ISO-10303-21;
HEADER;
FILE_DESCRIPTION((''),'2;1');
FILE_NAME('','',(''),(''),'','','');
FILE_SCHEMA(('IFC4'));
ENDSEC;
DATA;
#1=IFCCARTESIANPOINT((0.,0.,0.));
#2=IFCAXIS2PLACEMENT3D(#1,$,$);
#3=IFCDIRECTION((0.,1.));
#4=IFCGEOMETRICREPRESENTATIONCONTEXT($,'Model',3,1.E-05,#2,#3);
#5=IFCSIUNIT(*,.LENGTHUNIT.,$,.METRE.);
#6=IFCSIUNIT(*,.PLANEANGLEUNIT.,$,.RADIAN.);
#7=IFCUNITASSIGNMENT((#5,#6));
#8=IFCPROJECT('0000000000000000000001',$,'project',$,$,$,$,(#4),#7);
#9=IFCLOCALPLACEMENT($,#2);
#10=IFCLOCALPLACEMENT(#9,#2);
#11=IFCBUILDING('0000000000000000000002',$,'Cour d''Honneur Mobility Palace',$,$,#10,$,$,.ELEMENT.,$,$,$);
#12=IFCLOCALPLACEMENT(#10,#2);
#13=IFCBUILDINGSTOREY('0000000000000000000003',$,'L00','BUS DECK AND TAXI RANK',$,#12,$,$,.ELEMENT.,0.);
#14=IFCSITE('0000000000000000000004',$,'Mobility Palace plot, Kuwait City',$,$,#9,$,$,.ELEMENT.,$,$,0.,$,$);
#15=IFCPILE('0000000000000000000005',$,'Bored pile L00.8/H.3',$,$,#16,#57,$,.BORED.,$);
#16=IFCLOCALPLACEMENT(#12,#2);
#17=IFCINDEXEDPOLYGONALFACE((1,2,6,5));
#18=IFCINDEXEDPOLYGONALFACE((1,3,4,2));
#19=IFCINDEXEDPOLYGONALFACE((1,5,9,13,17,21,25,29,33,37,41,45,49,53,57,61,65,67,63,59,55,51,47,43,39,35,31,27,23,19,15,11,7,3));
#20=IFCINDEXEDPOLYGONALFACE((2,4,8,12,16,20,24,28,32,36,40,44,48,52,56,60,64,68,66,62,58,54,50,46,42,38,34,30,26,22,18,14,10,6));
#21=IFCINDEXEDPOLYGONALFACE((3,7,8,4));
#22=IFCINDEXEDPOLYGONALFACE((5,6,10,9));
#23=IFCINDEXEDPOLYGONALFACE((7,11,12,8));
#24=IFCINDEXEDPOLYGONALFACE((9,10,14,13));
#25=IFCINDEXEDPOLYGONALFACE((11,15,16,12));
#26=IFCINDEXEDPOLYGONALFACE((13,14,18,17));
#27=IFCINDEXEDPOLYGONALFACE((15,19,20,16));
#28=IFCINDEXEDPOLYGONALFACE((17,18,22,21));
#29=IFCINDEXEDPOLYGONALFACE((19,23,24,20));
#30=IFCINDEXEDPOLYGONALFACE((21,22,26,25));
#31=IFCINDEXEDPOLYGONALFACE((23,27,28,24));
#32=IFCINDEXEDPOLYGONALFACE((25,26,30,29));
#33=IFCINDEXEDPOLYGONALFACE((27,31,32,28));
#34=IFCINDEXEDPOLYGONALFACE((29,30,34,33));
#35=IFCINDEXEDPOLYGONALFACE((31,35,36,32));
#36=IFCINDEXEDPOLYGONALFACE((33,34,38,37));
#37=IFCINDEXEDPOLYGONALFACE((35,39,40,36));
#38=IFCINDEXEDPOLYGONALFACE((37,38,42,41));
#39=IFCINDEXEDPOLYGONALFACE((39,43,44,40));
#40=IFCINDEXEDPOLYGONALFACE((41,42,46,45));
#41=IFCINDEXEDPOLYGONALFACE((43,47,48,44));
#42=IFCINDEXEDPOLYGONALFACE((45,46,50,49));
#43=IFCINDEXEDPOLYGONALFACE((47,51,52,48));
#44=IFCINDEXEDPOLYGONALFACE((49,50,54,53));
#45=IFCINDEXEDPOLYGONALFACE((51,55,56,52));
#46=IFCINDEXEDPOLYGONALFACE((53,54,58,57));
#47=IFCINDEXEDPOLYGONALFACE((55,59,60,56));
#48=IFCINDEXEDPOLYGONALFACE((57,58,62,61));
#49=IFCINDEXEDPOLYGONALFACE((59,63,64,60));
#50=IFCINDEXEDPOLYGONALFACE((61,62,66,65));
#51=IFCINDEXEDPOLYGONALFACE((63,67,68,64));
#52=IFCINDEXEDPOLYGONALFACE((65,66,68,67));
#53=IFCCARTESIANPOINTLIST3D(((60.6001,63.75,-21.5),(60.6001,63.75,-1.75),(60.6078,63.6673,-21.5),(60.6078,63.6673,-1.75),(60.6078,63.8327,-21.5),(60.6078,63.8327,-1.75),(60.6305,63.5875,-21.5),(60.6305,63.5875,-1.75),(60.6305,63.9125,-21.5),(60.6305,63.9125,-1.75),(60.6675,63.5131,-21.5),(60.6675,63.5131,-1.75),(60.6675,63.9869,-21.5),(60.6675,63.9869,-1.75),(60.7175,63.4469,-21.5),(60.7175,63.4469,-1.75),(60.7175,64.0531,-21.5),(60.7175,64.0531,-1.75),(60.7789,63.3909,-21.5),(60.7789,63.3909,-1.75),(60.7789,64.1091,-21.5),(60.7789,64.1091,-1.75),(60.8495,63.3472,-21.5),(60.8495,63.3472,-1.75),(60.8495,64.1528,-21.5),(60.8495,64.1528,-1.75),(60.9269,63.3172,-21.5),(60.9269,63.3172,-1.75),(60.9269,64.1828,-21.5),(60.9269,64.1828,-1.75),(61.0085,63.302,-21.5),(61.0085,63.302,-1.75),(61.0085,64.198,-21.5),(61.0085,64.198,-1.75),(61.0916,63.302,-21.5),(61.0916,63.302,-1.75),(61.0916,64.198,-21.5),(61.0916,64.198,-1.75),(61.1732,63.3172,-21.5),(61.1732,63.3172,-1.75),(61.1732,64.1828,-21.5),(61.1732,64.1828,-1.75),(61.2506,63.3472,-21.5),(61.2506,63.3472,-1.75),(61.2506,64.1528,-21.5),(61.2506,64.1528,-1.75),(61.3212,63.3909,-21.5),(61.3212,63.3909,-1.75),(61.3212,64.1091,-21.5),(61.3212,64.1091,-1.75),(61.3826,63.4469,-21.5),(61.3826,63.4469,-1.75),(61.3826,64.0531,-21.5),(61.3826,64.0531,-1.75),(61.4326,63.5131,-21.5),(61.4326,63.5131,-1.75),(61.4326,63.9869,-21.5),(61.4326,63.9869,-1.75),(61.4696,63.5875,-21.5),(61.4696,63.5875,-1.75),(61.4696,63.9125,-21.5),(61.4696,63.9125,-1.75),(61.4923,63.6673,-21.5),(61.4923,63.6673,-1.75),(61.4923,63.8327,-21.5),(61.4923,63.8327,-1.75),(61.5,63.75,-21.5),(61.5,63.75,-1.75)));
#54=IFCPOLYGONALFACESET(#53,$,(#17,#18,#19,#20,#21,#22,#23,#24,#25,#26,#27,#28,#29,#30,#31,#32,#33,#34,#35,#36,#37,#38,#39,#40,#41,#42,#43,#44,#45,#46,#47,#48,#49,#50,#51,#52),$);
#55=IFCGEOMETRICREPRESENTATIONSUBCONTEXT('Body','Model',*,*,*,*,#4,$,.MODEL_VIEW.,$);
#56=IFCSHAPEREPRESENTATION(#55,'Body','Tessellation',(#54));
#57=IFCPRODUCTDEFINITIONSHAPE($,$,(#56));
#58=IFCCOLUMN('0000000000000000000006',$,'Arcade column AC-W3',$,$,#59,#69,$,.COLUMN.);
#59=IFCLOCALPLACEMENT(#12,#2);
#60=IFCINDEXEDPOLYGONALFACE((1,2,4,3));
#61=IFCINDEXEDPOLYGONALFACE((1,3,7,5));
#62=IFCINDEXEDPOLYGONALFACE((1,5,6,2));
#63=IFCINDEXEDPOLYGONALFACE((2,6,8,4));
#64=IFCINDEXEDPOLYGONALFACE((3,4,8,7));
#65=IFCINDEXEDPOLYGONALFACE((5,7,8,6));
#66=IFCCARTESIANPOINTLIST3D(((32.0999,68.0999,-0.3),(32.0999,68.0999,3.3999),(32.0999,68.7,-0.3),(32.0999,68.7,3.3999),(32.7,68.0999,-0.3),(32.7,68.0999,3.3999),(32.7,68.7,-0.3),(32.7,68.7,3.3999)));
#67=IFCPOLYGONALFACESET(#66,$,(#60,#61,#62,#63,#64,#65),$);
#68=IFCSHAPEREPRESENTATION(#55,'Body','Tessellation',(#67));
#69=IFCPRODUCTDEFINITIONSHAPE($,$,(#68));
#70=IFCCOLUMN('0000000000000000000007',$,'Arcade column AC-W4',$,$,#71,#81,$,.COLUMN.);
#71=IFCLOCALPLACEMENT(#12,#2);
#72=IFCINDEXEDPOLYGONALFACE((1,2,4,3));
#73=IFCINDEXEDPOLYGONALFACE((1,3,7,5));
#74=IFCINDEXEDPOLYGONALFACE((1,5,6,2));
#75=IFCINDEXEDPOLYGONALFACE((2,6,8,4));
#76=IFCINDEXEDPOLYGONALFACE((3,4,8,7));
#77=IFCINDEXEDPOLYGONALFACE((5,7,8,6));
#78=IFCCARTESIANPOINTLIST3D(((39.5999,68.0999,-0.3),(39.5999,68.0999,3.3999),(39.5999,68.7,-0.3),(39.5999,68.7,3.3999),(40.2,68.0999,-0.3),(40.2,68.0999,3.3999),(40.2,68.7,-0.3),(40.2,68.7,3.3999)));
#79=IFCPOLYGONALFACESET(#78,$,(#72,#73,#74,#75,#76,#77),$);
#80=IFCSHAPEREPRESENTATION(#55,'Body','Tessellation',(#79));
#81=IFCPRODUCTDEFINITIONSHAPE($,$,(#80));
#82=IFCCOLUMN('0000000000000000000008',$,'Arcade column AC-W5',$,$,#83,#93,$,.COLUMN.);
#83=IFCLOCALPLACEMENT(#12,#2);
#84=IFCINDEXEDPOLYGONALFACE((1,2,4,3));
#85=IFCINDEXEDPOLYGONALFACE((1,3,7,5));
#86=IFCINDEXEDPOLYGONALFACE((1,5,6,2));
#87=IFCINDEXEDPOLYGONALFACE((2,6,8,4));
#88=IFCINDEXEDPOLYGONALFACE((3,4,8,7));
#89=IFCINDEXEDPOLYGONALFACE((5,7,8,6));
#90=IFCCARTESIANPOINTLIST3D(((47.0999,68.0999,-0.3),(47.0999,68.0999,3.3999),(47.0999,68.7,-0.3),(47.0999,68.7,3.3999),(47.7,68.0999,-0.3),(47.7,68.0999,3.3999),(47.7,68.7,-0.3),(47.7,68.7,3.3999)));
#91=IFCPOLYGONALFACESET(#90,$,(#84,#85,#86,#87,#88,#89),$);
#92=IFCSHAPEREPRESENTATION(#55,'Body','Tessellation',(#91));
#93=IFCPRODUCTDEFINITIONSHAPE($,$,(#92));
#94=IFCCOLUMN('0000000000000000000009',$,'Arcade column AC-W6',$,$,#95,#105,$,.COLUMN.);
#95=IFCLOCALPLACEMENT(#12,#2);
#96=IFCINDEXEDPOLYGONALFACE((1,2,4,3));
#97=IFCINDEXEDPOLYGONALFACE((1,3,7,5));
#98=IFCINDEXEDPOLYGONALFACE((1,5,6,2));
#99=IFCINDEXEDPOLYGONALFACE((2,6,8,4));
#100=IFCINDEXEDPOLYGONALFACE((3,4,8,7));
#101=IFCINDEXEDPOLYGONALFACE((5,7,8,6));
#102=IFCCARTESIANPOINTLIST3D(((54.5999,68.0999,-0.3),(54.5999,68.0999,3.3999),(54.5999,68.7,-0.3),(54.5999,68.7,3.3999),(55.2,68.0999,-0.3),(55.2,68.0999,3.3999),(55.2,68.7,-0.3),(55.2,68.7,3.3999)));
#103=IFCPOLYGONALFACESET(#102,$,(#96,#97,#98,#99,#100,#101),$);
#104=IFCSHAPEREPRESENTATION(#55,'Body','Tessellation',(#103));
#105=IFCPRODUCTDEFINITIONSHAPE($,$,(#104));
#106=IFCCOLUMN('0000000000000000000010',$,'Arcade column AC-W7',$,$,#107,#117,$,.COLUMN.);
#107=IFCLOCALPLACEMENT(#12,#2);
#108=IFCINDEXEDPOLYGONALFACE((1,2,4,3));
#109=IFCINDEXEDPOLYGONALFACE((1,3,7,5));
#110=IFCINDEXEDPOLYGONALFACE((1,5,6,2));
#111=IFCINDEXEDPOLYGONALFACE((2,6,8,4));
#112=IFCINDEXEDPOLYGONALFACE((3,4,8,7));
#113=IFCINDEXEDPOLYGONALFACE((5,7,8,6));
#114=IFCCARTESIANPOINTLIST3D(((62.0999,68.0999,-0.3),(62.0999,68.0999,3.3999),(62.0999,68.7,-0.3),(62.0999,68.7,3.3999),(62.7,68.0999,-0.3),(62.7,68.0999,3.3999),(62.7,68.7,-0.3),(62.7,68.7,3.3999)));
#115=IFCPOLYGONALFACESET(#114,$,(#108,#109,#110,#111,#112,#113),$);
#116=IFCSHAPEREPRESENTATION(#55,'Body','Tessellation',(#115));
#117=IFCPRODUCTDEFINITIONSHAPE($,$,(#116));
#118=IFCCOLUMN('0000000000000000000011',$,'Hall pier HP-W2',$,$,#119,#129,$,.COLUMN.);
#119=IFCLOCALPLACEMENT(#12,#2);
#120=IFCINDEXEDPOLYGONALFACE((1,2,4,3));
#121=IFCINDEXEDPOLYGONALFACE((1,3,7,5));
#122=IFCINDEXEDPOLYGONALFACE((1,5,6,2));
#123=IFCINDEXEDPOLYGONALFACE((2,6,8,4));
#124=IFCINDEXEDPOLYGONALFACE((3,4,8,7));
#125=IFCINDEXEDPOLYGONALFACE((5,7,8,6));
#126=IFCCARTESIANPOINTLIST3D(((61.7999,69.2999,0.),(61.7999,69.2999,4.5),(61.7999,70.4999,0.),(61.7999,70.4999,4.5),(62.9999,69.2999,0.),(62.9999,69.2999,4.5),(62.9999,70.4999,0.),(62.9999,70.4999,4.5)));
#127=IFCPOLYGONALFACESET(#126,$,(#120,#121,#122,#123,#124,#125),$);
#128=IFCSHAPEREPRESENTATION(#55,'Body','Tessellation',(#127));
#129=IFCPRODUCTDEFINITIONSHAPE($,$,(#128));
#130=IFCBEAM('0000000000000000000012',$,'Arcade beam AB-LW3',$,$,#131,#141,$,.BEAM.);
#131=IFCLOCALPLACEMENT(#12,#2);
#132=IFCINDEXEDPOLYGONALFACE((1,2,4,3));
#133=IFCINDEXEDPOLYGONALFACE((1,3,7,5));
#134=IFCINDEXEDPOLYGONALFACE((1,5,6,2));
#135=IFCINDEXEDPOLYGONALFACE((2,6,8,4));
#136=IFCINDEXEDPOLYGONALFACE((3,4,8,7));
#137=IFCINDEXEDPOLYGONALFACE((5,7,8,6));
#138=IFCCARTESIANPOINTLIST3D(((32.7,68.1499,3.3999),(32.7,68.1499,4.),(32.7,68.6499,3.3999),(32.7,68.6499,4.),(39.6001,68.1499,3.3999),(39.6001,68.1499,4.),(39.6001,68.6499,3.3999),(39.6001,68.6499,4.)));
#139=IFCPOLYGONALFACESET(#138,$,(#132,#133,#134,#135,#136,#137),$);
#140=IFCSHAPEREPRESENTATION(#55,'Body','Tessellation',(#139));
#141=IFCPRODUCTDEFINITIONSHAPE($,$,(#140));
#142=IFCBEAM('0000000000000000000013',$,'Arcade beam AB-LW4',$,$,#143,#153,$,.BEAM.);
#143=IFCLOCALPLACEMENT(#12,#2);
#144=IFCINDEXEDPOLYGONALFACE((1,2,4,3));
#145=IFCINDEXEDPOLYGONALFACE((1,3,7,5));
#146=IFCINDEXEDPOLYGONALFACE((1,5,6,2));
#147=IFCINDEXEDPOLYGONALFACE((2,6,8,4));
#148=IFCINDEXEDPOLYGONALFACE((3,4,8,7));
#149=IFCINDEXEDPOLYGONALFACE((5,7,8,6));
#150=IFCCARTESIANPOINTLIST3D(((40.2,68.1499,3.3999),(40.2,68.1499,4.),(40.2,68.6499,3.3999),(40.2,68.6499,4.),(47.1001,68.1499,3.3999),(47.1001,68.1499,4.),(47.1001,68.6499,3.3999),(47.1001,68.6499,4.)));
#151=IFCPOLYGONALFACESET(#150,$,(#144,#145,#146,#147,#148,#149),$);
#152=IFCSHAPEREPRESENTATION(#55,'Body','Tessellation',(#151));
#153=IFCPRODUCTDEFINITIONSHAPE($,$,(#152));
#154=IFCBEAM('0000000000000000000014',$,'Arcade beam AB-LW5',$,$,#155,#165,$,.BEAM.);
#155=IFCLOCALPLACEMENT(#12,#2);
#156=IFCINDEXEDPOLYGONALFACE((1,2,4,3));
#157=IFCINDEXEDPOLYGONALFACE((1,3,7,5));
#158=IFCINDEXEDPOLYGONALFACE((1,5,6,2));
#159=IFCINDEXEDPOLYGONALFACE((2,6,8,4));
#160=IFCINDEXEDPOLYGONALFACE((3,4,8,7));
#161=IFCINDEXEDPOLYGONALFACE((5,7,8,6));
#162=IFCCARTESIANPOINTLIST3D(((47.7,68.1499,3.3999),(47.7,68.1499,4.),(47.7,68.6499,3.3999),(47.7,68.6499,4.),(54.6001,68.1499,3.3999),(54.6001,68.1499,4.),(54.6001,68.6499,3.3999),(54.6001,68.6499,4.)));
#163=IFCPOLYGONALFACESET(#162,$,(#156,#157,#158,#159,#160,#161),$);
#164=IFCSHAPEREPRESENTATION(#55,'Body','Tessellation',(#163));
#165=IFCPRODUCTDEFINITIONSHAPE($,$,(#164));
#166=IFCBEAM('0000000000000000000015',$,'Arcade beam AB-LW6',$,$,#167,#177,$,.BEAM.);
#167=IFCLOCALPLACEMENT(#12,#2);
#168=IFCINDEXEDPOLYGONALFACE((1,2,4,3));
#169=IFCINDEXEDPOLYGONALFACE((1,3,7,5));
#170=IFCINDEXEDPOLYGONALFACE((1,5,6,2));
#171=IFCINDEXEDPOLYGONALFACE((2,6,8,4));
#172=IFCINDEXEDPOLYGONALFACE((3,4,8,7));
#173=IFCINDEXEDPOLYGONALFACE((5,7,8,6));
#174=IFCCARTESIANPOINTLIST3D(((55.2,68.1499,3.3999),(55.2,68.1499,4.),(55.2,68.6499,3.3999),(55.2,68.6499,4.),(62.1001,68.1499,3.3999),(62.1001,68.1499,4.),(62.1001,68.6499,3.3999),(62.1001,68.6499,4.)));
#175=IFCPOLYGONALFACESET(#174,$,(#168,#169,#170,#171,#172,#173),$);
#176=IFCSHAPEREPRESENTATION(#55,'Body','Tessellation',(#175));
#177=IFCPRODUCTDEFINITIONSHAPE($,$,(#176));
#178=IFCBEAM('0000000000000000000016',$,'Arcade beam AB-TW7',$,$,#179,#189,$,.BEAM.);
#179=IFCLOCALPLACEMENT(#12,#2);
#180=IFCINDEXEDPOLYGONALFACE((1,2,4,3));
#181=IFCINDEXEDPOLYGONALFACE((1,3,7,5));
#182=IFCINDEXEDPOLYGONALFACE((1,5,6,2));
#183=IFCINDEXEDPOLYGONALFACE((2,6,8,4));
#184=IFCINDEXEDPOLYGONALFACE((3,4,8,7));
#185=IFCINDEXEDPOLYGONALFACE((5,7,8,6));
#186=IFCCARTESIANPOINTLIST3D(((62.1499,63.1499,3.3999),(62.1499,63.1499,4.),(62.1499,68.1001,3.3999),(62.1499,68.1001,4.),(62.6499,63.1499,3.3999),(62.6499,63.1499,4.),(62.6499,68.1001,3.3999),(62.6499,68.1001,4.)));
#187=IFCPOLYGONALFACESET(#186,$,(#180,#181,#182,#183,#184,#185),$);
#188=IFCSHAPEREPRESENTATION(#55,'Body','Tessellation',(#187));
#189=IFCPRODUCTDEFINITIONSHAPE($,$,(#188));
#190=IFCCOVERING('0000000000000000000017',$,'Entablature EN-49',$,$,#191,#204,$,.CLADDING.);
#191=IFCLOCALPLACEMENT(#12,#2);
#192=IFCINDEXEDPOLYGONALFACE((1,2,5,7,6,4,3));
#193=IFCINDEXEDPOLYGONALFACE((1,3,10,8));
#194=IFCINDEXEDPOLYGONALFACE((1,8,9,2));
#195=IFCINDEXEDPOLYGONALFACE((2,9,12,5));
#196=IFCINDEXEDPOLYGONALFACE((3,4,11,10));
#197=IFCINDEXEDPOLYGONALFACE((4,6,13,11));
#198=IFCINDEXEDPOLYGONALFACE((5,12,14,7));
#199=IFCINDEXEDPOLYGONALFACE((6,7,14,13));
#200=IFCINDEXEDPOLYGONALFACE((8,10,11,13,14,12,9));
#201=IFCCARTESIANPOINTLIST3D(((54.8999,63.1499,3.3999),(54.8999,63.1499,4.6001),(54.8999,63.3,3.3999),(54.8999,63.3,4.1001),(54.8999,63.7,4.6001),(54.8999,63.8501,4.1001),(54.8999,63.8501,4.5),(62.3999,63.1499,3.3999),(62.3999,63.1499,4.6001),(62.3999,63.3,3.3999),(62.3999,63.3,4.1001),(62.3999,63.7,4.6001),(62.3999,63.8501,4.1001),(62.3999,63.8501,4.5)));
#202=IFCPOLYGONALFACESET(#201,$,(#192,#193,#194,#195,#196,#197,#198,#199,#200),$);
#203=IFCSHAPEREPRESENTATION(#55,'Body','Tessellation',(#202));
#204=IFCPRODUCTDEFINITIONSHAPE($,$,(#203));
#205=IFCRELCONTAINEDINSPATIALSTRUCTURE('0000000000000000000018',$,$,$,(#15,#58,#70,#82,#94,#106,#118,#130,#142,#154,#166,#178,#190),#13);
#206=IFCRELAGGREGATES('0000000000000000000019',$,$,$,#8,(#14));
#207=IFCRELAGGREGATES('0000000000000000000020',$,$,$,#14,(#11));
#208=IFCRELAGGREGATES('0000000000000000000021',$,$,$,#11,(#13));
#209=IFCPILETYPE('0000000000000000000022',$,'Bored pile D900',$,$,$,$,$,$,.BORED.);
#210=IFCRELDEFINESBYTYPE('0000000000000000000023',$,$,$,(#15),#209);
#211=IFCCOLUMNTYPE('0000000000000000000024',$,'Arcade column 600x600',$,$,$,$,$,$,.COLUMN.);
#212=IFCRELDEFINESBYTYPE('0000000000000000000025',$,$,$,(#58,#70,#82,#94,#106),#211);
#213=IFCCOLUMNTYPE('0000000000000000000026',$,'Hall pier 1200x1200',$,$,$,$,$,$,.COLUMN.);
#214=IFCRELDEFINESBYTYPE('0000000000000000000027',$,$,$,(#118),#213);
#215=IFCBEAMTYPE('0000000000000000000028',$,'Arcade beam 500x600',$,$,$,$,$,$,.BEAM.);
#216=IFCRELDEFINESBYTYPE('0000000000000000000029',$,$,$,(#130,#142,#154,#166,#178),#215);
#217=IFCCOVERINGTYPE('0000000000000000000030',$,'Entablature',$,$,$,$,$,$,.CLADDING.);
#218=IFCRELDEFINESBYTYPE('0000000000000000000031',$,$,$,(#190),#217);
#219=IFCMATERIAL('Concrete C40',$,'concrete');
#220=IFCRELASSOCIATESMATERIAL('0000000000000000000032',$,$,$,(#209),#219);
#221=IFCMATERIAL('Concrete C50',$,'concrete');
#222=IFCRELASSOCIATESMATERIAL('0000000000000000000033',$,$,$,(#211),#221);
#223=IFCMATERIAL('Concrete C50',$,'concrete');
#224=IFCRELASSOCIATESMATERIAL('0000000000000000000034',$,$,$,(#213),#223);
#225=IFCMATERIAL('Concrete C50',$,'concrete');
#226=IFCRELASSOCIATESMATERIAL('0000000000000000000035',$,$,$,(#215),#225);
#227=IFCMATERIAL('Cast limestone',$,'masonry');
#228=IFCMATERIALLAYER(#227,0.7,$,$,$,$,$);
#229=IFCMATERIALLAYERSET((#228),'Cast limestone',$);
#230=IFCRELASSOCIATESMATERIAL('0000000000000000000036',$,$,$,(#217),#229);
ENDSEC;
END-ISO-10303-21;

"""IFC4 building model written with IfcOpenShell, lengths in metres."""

from ifc_helpers import new_model, si_unit, direction, frame, origin, origin_2d, place, context, subcontext, project, spatial, polyline, rectangle, circle, outline, extrude, material, layer, layer_set, material_profile, profile_set, type_object, element, save


model = new_model("IFC4")

# Units and contexts
model_context = context("Model", 3, precision=1e-05, world=origin(), true_north=direction((0.0, 1.0)))
body_context = subcontext(model_context, "Body", "Model", "MODEL_VIEW")
ifc_project = project(units=[si_unit("LENGTHUNIT", "METRE"), si_unit("PLANEANGLEUNIT", "RADIAN")], contexts=[model_context])

# Site, building, storey
site_placement = place(None, origin())
site = spatial("IfcSite", under=ifc_project, at=site_placement, Name="Mobility Palace plot, Kuwait City", CompositionType="ELEMENT", RefElevation=0.0)
building_placement = place(site_placement, origin())
building = spatial("IfcBuilding", under=site, at=building_placement, Name="Cour d'Honneur Mobility Palace", CompositionType="ELEMENT")
storey_placement = place(building_placement, origin())
storey = spatial("IfcBuildingStorey", under=building, at=storey_placement, Name="L00", Description="BUS DECK AND TAXI RANK", CompositionType="ELEMENT", Elevation=0.0)

# Pile
ifc_material_1 = material(Name="Concrete C40", Category="concrete")
ifc_material_profile_1 = material_profile(ifc_material_1, circle(Radius=0.45, at=origin_2d()), Name="Bored pile D900")
ifc_profile_set_1 = profile_set([ifc_material_profile_1], Name="Concrete C40")
pile_type_1 = type_object("IfcPileType", Name="Bored pile D900", PredefinedType="BORED", material=ifc_profile_set_1)
for number, where, z_axis, x_axis, name in (
    (1, (61.05, 63.75, -1.75), (0.0, 0.0, -1.0), (1.0, 0.0, 0.0), "Bored pile L00.8/H.3"),
):
    element("IfcPile", number, at=place(storey_placement, frame(where, z_axis=z_axis, x_axis=x_axis)), inside=storey, type_object=pile_type_1, Name=name, PredefinedType="BORED", context=body_context, shape_type="SweptSolid", body=[
        extrude(circle(Radius=0.45, at=origin_2d()), origin(), (0.0, 0.0, 1.0), 19.75),
    ])

# Columns
ifc_material_2 = material(Name="Concrete C50", Category="concrete")
ifc_material_profile_2 = material_profile(ifc_material_2, rectangle(XDim=0.6001, YDim=0.6001, at=origin_2d()), Name="Arcade column 600x600")
ifc_profile_set_2 = profile_set([ifc_material_profile_2], Name="Concrete C50")
column_type_1 = type_object("IfcColumnType", Name="Arcade column 600x600", PredefinedType="COLUMN", material=ifc_profile_set_2)
for number, where, z_axis, x_axis, name in (
    (2, (32.3999, 68.3999, -0.3), (0.0, 0.0, 1.0), (1.0, 0.0, 0.0), "Arcade column AC-W3"),
    (3, (39.8999, 68.3999, -0.3), (0.0, 0.0, 1.0), (1.0, 0.0, 0.0), "Arcade column AC-W4"),
    (4, (47.3999, 68.3999, -0.3), (0.0, 0.0, 1.0), (1.0, 0.0, 0.0), "Arcade column AC-W5"),
    (5, (54.8999, 68.3999, -0.3), (0.0, 0.0, 1.0), (1.0, 0.0, 0.0), "Arcade column AC-W6"),
    (6, (62.3999, 68.3999, -0.3), (0.0, 0.0, 1.0), (1.0, 0.0, 0.0), "Arcade column AC-W7"),
):
    element("IfcColumn", number, at=place(storey_placement, frame(where, z_axis=z_axis, x_axis=x_axis)), inside=storey, type_object=column_type_1, Name=name, PredefinedType="COLUMN", context=body_context, shape_type="SweptSolid", body=[
        extrude(rectangle(XDim=0.6001, YDim=0.6001, at=origin_2d()), origin(), (0.0, 0.0, 1.0), 3.7),
    ])
ifc_material_3 = material(Name="Concrete C50", Category="concrete")
ifc_material_profile_3 = material_profile(ifc_material_3, rectangle(XDim=1.2, YDim=1.2, at=origin_2d()), Name="Hall pier 1200x1200")
ifc_profile_set_3 = profile_set([ifc_material_profile_3], Name="Concrete C50")
column_type_2 = type_object("IfcColumnType", Name="Hall pier 1200x1200", PredefinedType="COLUMN", material=ifc_profile_set_3)
column_placement = place(storey_placement, frame((62.3999, 69.8999, 0.0), z_axis=(0.0, 0.0, 1.0), x_axis=(1.0, 0.0, 0.0)))
element("IfcColumn", 7, at=column_placement, inside=storey, type_object=column_type_2, Name="Hall pier HP-W2", PredefinedType="COLUMN", context=body_context, shape_type="SweptSolid", body=[
    extrude(rectangle(XDim=1.2, YDim=1.2, at=origin_2d()), origin(), (0.0, 0.0, 1.0), 4.5),
])

# Beams
ifc_material_4 = material(Name="Concrete C50", Category="concrete")
ifc_material_profile_4 = material_profile(ifc_material_4, rectangle(XDim=0.5, YDim=0.6001, at=origin_2d()), Name="Arcade beam 500x600")
ifc_profile_set_4 = profile_set([ifc_material_profile_4], Name="Concrete C50")
beam_type = type_object("IfcBeamType", Name="Arcade beam 500x600", PredefinedType="BEAM", material=ifc_profile_set_4)
for number, where, z_axis, x_axis, name in (
    (8, (32.7, 68.3999, 3.7), (1.0, 0.0, 0.0), (0.0, 1.0, 0.0), "Arcade beam AB-LW3"),
    (9, (40.2, 68.3999, 3.7), (1.0, 0.0, 0.0), (0.0, 1.0, 0.0), "Arcade beam AB-LW4"),
    (10, (47.7, 68.3999, 3.7), (1.0, 0.0, 0.0), (0.0, 1.0, 0.0), "Arcade beam AB-LW5"),
    (11, (55.2, 68.3999, 3.7), (1.0, 0.0, 0.0), (0.0, 1.0, 0.0), "Arcade beam AB-LW6"),
):
    element("IfcBeam", number, at=place(storey_placement, frame(where, z_axis=z_axis, x_axis=x_axis)), inside=storey, type_object=beam_type, Name=name, PredefinedType="BEAM", context=body_context, shape_type="SweptSolid", body=[
        extrude(rectangle(XDim=0.5, YDim=0.6001, at=origin_2d()), origin(), (0.0, 0.0, 1.0), 6.9001),
    ])
beam_placement = place(storey_placement, frame((62.3999, 63.1499, 3.7), z_axis=(0.0, 1.0, 0.0), x_axis=(-1.0, 0.0, 0.0)))
element("IfcBeam", 12, at=beam_placement, inside=storey, type_object=beam_type, Name="Arcade beam AB-TW7", PredefinedType="BEAM", context=body_context, shape_type="SweptSolid", body=[
    extrude(rectangle(XDim=0.5, YDim=0.6001, at=origin_2d()), origin(), (0.0, 0.0, 1.0), 4.9502),
])

# Covering
ifc_material_5 = material(Name="Cast limestone", Category="masonry")
ifc_layer = layer(ifc_material_5, 0.7)
ifc_layer_set = layer_set([ifc_layer], Name="Cast limestone")
covering_type = type_object("IfcCoveringType", Name="Entablature", PredefinedType="CLADDING", material=ifc_layer_set)
for number, where, z_axis, x_axis, name in (
    (13, (62.3999, 63.1499, 3.3999), (1.0, 0.0, 0.0), (0.0, 1.0, 0.0), "Entablature EN-49"),
):
    element("IfcCovering", number, at=place(storey_placement, frame(where, z_axis=z_axis, x_axis=x_axis)), inside=storey, type_object=covering_type, Name=name, PredefinedType="CLADDING", context=body_context, shape_type="SweptSolid", body=[
        extrude(outline(polyline([(0.0, 0.0), (0.1501, 0.0), (0.1501, 0.7002), (0.7002, 0.7002), (0.7002, 1.1001), (0.55, 1.2002), (0.0, 1.2002), (0.0, 0.0)])), origin(), (0.0, 0.0, -1.0), 7.5),
    ])

save(model, "model.ifc")
